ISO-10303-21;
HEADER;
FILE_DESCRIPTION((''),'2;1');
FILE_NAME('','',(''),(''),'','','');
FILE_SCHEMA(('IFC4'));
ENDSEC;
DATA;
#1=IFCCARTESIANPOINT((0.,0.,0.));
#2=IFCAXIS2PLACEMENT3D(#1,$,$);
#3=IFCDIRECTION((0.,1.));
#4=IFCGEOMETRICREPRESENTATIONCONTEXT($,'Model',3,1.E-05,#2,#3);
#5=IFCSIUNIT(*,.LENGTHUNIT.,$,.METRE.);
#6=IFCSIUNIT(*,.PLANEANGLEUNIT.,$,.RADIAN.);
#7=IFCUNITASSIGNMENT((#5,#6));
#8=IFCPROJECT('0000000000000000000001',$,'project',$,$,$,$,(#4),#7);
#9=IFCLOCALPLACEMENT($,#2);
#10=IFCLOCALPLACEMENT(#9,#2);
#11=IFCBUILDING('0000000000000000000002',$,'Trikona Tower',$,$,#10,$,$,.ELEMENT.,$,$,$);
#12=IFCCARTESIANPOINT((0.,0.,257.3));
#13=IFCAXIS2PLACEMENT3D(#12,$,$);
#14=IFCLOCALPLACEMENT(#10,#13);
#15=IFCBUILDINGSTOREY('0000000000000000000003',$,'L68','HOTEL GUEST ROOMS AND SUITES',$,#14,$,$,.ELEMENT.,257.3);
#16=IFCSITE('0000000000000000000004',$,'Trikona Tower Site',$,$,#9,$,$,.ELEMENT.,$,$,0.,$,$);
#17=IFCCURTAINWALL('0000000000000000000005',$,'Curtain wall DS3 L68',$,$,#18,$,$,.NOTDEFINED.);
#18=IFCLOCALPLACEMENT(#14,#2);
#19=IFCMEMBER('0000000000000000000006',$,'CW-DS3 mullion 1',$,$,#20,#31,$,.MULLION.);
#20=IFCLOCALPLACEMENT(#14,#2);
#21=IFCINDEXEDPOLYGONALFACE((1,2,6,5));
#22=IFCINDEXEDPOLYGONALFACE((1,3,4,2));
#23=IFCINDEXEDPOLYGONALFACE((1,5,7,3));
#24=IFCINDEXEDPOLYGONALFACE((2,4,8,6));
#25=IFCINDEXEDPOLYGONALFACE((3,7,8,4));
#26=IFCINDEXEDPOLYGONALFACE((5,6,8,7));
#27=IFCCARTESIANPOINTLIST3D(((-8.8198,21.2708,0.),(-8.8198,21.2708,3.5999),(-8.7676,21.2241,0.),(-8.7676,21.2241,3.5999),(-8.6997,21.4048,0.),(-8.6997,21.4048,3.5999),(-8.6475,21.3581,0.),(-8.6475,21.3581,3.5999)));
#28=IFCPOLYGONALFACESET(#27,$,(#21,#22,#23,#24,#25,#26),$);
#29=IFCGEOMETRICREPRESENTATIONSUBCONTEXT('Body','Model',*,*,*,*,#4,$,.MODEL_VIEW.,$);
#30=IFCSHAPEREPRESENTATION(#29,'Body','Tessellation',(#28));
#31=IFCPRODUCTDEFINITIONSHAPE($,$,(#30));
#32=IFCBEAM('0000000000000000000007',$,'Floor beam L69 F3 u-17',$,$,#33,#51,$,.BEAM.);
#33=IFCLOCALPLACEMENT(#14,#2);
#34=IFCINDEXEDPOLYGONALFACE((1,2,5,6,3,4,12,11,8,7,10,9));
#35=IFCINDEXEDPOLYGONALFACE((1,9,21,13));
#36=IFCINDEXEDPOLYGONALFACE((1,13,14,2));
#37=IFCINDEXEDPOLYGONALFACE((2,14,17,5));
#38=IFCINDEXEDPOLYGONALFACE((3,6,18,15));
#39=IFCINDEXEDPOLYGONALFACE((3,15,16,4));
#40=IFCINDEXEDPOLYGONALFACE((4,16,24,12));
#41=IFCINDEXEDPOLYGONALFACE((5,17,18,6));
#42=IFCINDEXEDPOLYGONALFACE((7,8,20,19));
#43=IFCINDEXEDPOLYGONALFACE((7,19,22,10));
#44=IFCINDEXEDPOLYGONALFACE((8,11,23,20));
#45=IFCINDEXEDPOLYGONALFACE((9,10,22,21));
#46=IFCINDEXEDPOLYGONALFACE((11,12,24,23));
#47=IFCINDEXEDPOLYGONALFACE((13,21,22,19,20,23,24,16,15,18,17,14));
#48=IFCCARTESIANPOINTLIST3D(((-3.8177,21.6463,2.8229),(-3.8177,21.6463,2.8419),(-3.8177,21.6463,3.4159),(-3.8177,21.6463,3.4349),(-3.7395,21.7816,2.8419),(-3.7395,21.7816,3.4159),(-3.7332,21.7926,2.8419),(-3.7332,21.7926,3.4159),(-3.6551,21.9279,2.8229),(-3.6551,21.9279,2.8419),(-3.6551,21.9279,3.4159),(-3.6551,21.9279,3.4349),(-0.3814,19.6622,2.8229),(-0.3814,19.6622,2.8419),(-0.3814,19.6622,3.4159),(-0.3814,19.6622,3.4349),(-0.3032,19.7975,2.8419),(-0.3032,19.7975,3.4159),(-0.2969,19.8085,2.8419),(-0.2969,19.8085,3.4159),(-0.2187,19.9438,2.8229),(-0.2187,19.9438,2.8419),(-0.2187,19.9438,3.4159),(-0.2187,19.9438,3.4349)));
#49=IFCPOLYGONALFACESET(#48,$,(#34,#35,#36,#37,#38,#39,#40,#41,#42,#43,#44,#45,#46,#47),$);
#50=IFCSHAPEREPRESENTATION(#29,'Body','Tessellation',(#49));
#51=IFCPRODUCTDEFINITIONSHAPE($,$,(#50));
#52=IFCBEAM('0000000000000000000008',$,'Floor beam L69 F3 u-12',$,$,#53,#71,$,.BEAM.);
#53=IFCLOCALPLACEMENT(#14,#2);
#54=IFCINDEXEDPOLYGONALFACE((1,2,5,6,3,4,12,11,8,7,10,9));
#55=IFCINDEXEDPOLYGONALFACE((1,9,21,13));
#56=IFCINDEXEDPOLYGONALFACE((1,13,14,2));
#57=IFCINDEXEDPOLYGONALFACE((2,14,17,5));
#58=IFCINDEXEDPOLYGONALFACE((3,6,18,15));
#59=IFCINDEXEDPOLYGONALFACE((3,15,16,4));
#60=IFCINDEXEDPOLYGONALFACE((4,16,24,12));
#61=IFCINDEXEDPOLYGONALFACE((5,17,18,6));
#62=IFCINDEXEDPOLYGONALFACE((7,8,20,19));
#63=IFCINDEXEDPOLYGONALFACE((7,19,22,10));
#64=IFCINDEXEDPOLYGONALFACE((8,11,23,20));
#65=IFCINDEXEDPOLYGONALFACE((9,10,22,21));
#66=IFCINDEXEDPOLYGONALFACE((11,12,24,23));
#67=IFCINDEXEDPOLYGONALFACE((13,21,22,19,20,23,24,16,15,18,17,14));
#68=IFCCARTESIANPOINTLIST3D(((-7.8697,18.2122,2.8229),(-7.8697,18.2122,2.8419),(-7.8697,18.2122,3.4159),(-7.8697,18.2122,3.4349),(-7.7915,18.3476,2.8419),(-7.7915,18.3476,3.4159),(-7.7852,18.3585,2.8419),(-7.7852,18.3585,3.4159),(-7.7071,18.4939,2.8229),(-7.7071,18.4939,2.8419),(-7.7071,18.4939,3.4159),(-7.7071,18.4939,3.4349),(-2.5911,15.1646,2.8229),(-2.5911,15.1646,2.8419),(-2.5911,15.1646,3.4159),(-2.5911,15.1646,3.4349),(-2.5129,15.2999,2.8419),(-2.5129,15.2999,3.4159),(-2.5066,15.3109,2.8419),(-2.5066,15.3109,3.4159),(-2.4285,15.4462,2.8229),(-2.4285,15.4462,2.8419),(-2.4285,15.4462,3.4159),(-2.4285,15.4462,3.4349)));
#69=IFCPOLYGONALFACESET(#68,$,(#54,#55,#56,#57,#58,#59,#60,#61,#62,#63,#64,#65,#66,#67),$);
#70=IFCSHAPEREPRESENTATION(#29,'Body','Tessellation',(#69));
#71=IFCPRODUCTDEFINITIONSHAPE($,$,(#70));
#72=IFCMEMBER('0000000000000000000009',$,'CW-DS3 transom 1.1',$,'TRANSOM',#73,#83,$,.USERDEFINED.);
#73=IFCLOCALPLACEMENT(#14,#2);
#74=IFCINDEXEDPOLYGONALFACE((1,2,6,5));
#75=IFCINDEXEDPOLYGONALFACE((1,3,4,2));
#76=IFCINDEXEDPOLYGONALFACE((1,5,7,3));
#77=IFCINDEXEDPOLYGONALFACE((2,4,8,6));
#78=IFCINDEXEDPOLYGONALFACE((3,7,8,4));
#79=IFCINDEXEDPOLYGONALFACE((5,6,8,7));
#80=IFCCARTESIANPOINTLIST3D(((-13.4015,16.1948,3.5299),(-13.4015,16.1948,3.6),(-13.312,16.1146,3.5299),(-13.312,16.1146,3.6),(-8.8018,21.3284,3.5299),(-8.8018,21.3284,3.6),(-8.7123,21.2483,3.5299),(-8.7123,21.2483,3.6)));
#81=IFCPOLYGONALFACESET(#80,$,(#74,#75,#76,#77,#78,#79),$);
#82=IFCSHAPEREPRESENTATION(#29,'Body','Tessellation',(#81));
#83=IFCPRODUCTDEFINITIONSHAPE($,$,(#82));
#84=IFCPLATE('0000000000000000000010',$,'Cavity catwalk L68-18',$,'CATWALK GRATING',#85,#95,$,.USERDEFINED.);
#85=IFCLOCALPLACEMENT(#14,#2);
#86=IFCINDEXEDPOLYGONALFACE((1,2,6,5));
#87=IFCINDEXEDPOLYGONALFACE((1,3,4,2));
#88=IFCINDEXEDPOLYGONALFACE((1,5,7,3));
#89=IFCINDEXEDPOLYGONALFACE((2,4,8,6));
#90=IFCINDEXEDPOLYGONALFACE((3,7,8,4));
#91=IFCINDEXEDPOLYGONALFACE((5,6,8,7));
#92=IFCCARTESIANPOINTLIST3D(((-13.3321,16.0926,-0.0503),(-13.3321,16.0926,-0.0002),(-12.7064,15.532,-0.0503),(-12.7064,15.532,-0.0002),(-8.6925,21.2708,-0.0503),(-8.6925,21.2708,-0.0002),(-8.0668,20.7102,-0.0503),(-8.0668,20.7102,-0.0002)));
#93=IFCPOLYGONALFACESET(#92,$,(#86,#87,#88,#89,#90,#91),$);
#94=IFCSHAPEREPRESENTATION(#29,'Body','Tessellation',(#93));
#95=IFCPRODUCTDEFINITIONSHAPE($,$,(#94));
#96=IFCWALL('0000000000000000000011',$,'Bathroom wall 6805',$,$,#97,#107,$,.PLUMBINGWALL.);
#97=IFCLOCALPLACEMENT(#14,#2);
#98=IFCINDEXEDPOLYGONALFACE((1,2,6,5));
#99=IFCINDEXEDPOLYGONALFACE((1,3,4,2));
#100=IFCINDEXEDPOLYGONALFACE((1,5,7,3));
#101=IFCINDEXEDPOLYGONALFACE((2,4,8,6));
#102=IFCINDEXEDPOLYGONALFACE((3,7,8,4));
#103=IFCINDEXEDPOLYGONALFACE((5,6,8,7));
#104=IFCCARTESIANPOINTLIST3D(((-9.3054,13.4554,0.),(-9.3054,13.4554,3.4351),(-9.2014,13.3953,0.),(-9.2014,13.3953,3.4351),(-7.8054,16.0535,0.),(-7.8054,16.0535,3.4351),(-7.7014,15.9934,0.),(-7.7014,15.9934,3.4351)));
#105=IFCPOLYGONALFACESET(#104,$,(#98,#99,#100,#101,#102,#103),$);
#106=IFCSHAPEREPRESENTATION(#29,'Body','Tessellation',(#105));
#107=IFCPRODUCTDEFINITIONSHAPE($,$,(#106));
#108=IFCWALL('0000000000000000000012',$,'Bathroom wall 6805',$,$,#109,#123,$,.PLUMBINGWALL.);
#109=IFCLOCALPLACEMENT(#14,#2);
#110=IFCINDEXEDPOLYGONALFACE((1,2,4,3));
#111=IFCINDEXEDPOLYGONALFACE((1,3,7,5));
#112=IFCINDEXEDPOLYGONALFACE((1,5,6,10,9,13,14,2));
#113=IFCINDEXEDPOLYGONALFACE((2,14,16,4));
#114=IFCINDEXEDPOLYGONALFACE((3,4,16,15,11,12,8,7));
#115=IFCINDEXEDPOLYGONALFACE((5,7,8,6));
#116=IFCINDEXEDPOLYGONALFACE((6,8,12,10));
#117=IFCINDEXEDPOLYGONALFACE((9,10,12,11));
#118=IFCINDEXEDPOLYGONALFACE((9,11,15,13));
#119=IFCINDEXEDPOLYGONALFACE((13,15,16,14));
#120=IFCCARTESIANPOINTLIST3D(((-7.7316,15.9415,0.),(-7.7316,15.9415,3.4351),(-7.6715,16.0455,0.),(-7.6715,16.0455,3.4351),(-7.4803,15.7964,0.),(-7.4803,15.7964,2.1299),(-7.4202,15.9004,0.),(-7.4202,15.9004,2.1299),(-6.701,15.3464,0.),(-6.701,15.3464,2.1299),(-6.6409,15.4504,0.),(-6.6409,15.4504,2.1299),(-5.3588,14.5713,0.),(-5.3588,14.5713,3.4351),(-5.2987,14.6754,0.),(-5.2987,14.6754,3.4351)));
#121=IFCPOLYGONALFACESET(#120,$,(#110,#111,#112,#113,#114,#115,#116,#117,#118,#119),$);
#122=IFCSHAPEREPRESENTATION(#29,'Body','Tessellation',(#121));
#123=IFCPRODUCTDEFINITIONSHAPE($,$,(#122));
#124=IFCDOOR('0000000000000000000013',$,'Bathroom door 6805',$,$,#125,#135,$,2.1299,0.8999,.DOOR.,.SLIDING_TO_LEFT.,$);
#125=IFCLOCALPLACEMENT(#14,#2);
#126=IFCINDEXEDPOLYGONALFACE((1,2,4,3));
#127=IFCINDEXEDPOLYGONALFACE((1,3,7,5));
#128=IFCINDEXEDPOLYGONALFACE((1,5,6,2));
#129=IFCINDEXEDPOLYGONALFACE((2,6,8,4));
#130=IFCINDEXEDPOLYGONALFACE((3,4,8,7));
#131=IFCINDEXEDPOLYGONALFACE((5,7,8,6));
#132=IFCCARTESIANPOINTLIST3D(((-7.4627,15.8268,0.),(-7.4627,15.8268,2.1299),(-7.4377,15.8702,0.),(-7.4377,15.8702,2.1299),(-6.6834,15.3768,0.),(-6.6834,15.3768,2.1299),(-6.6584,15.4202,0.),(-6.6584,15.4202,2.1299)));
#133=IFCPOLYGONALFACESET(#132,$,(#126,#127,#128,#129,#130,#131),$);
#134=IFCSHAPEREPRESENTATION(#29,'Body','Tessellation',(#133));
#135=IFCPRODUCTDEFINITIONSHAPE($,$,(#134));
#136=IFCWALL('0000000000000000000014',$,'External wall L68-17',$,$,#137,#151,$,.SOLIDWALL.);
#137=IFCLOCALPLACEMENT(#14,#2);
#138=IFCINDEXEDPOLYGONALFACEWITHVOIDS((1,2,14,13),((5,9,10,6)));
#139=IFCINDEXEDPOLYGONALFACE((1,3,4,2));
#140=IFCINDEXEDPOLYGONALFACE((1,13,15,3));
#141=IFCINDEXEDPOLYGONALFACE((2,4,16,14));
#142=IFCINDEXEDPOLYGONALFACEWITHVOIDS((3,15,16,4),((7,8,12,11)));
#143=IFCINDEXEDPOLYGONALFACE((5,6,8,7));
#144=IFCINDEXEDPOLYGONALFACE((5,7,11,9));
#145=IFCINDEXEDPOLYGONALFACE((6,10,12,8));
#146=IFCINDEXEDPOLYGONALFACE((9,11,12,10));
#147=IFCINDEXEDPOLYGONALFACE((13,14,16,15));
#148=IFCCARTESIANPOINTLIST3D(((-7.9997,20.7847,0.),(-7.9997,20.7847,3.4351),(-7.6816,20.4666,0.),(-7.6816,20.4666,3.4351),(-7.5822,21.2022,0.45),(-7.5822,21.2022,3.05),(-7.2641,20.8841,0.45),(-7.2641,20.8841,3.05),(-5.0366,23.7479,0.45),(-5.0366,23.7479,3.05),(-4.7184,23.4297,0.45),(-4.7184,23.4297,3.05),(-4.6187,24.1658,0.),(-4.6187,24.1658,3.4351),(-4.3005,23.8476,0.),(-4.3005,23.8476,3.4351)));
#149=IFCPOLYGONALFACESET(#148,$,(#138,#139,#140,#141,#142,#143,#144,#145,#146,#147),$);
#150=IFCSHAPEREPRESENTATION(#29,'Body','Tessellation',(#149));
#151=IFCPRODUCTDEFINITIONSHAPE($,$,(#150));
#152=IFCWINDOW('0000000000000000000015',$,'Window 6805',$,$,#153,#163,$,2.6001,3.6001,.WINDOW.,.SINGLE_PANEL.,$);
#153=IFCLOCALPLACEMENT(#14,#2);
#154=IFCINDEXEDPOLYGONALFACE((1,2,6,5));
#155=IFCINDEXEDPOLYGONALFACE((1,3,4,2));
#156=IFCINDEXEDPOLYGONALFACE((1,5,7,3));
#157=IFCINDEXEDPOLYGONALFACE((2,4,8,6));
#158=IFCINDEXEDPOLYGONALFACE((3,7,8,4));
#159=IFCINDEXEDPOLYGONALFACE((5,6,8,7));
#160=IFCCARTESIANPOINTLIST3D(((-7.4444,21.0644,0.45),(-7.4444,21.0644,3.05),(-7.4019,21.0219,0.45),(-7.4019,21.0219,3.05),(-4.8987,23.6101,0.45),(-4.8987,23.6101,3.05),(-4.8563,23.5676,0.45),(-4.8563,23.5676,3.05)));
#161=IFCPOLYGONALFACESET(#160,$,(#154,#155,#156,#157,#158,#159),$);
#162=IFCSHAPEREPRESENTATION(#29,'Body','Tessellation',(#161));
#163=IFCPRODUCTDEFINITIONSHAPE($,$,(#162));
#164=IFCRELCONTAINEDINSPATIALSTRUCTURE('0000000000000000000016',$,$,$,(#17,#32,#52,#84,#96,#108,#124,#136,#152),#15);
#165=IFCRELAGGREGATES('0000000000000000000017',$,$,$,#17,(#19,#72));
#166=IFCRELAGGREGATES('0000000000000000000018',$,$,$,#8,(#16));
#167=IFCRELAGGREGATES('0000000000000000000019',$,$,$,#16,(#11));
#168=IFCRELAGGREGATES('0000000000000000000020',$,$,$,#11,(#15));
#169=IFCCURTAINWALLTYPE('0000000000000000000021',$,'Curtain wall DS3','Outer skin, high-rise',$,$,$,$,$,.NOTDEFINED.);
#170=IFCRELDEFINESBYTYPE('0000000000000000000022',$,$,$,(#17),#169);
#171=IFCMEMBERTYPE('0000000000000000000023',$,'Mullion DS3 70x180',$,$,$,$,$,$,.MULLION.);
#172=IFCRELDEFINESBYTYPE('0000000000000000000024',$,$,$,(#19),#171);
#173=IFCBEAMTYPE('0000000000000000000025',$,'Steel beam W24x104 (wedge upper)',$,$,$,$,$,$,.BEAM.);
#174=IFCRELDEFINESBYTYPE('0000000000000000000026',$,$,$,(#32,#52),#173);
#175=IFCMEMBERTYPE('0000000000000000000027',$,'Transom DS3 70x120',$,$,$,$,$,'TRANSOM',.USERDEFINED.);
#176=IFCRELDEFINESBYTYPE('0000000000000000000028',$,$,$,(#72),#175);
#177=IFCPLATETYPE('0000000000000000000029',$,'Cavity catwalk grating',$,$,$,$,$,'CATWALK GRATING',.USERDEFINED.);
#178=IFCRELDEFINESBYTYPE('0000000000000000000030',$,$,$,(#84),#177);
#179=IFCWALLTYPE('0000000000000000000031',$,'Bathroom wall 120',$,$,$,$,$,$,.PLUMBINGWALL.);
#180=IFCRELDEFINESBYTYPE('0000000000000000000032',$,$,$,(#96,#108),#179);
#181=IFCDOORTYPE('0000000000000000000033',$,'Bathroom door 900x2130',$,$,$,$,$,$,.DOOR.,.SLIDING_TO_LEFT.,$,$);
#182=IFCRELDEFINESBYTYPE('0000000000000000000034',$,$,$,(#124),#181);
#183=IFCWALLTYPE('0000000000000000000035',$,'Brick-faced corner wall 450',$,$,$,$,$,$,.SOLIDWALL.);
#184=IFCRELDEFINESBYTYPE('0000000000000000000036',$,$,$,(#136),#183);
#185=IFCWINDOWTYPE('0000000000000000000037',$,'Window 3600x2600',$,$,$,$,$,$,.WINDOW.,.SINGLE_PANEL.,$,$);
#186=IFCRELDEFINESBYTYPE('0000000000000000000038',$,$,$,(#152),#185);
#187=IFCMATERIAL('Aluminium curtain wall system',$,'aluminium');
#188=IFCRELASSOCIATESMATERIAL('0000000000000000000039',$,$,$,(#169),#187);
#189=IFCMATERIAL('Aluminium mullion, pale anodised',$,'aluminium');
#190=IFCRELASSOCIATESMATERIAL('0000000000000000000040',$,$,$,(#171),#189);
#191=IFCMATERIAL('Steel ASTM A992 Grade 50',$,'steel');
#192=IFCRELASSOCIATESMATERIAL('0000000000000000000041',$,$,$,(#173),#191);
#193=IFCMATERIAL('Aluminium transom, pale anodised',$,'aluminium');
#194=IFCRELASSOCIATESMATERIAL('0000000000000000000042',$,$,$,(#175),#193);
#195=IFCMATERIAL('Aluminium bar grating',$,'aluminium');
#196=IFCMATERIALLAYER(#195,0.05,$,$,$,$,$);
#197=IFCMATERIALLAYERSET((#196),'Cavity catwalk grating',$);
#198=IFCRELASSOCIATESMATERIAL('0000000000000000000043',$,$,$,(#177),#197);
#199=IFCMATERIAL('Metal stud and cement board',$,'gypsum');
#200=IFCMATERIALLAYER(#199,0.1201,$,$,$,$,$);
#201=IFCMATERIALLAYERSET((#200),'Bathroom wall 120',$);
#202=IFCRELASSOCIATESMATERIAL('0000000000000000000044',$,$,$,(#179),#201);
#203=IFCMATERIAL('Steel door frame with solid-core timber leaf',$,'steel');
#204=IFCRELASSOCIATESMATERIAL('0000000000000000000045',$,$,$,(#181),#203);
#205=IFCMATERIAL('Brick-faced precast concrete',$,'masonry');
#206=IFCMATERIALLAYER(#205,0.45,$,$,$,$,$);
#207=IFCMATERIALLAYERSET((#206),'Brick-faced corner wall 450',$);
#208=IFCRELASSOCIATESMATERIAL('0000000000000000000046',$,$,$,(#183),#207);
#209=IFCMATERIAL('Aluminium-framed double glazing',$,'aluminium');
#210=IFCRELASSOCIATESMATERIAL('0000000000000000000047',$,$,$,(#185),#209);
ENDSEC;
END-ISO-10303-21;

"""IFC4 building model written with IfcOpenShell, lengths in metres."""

from ifc_helpers import new_model, si_unit, direction, frame, frame_2d, origin, origin_2d, place, context, subcontext, project, spatial, rectangle, i_section, extrude, material, layer, layer_set, material_profile, profile_set, type_object, element, fill, aggregate, save


model = new_model("IFC4")

# Units and contexts
model_context = context("Model", 3, precision=1e-05, world=origin(), true_north=direction((0.0, 1.0)))
body_context = subcontext(model_context, "Body", "Model", "MODEL_VIEW")
ifc_project = project(units=[si_unit("LENGTHUNIT", "METRE"), si_unit("PLANEANGLEUNIT", "RADIAN")], contexts=[model_context])

# Site, building, storey
site_placement = place(None, origin())
site = spatial("IfcSite", under=ifc_project, at=site_placement, Name="Trikona Tower Site", CompositionType="ELEMENT", RefElevation=0.0)
building_placement = place(site_placement, origin())
building = spatial("IfcBuilding", under=site, at=building_placement, Name="Trikona Tower", CompositionType="ELEMENT")
storey_placement = place(building_placement, frame((0.0, 0.0, 257.3)))
storey = spatial("IfcBuildingStorey", under=building, at=storey_placement, Name="L68", Description="HOTEL GUEST ROOMS AND SUITES", CompositionType="ELEMENT", Elevation=257.3)

# Curtain wall, member
ifc_material_1 = material(Name="Aluminium curtain wall system", Category="aluminium")
curtain_wall_type = type_object("IfcCurtainWallType", Name="Curtain wall DS3", Description="Outer skin, high-rise", PredefinedType="NOTDEFINED", material=ifc_material_1)
curtain_wall_placement = place(storey_placement, origin())
curtain_wall = element("IfcCurtainWall", 1, at=curtain_wall_placement, inside=storey, type_object=curtain_wall_type, Name="Curtain wall DS3 L68", PredefinedType="NOTDEFINED")
ifc_material_2 = material(Name="Aluminium mullion, pale anodised", Category="aluminium")
ifc_material_profile_1 = material_profile(ifc_material_2, rectangle(XDim=0.0701, YDim=0.1799, at=origin_2d()), Name="MUL-DS3")
ifc_profile_set_1 = profile_set([ifc_material_profile_1], Name="Aluminium mullion, pale anodised")
member_type_1 = type_object("IfcMemberType", Name="Mullion DS3 70x180", PredefinedType="MULLION", material=ifc_profile_set_1)
member_1_placement = place(storey_placement, frame((-8.7336, 21.3145, 0.0), z_axis=(0.0, 0.0, 1.0), x_axis=(0.744771, -0.66732, 0.0)))
member_1 = element("IfcMember", 2, at=member_1_placement, type_object=member_type_1, Name="CW-DS3 mullion 1", PredefinedType="MULLION", context=body_context, shape_type="SweptSolid", body=[
    extrude(rectangle(XDim=0.0701, YDim=0.1799, at=origin_2d()), origin(), (0.0, 0.0, 1.0), 3.5999),
])

# Beams
ifc_material_3 = material(Name="Steel ASTM A992 Grade 50", Category="steel")
ifc_material_profile_2 = material_profile(ifc_material_3, i_section(OverallWidth=0.3252, OverallDepth=0.6121, WebThickness=0.0127, FlangeThickness=0.019, at=origin_2d()), Name="W24X104")
ifc_profile_set_2 = profile_set([ifc_material_profile_2], Name="Steel ASTM A992 Grade 50")
beam_type = type_object("IfcBeamType", Name="Steel beam W24x104 (wedge upper)", PredefinedType="BEAM", material=ifc_profile_set_2)
beam_1_placement = place(storey_placement, frame((-0.3, 19.803, 3.1289), z_axis=(-0.866004, 0.500037, 0.0), x_axis=(-0.500037, -0.866004, 0.0)))
element("IfcBeam", 3, at=beam_1_placement, inside=storey, type_object=beam_type, Name="Floor beam L69 F3 u-17", PredefinedType="BEAM", context=body_context, shape_type="SweptSolid", body=[
    extrude(i_section(OverallWidth=0.3252, OverallDepth=0.6121, WebThickness=0.0127, FlangeThickness=0.019, at=origin_2d()), origin(), (0.0, 0.0, 1.0), 3.968),
])
beam_2_placement = place(storey_placement, frame((-2.5098, 15.3054, 3.1289), z_axis=(-0.866023, 0.500003, 0.0), x_axis=(-0.500003, -0.866023, 0.0)))
element("IfcBeam", 4, at=beam_2_placement, inside=storey, type_object=beam_type, Name="Floor beam L69 F3 u-12", PredefinedType="BEAM", context=body_context, shape_type="SweptSolid", body=[
    extrude(i_section(OverallWidth=0.3252, OverallDepth=0.6121, WebThickness=0.0127, FlangeThickness=0.019, at=origin_2d()), origin(), (0.0, 0.0, 1.0), 6.0952),
])

# Member
ifc_material_4 = material(Name="Aluminium transom, pale anodised", Category="aluminium")
ifc_material_profile_3 = material_profile(ifc_material_4, rectangle(XDim=0.1201, YDim=0.0701, at=origin_2d()), Name="TRN-DS3")
ifc_profile_set_3 = profile_set([ifc_material_profile_3], Name="Aluminium transom, pale anodised")
member_type_2 = type_object("IfcMemberType", Name="Transom DS3 70x120", ElementType="TRANSOM", PredefinedType="USERDEFINED", material=ifc_profile_set_3)
member_2_placement = place(storey_placement, frame((-8.7571, 21.2883, 3.5649), z_axis=(-0.667313, -0.744777, 0.0), x_axis=(0.744777, -0.667313, 0.0)))
member_2 = element("IfcMember", 5, at=member_2_placement, type_object=member_type_2, Name="CW-DS3 transom 1.1", ObjectType="TRANSOM", PredefinedType="USERDEFINED", context=body_context, shape_type="SweptSolid", body=[
    extrude(rectangle(XDim=0.1201, YDim=0.0701, at=origin_2d()), origin(), (0.0, 0.0, 1.0), 6.8928),
])
aggregate(curtain_wall, [member_1, member_2])

# Plate
ifc_material_5 = material(Name="Aluminium bar grating", Category="aluminium")
ifc_layer_1 = layer(ifc_material_5, 0.05)
ifc_layer_set_1 = layer_set([ifc_layer_1], Name="Cavity catwalk grating")
plate_type = type_object("IfcPlateType", Name="Cavity catwalk grating", ElementType="CATWALK GRATING", PredefinedType="USERDEFINED", material=ifc_layer_set_1)
plate_placement = place(storey_placement, frame((-10.6995, 18.4014, -0.0503), z_axis=(0.0, 0.0, 1.0), x_axis=(-0.667311, -0.744779, 0.0)))
element("IfcPlate", 6, at=plate_placement, inside=storey, type_object=plate_type, Name="Cavity catwalk L68-18", ObjectType="CATWALK GRATING", PredefinedType="USERDEFINED", context=body_context, shape_type="SweptSolid", body=[
    extrude(rectangle(XDim=6.9526, YDim=0.8401, at=origin_2d()), origin(), (0.0, 0.0, 1.0), 0.05),
])

# Wall
ifc_material_6 = material(Name="Metal stud and cement board", Category="gypsum")
ifc_layer_2 = layer(ifc_material_6, 0.1201)
ifc_layer_set_2 = layer_set([ifc_layer_2], Name="Bathroom wall 120")
wall_type_1 = type_object("IfcWallType", Name="Bathroom wall 120", PredefinedType="PLUMBINGWALL", material=ifc_layer_set_2)
wall_1_placement = place(storey_placement, frame((-7.7534, 16.0234, 0.0), z_axis=(0.0, 0.0, 1.0), x_axis=(-0.49999, -0.866031, 0.0)))
element("IfcWall", 7, at=wall_1_placement, inside=storey, type_object=wall_type_1, Name="Bathroom wall 6805", PredefinedType="PLUMBINGWALL", context=body_context, shape_type="SweptSolid", body=[
    extrude(rectangle(XDim=3.0, YDim=0.1201, at=frame_2d((1.5, 0.0))), origin(), (0.0, 0.0, 1.0), 3.4351),
])

# Wall, opening, door
wall_2_placement = place(storey_placement, frame((-5.3286, 14.6233, 0.0), z_axis=(0.0, 0.0, 1.0), x_axis=(-0.865997, 0.500049, 0.0)))
wall_2 = element("IfcWall", 8, at=wall_2_placement, inside=storey, type_object=wall_type_1, Name="Bathroom wall 6805", PredefinedType="PLUMBINGWALL", context=body_context, shape_type="SweptSolid", body=[
    extrude(rectangle(XDim=2.74, YDim=0.1201, at=frame_2d((1.3701, 0.0))), origin(), (0.0, 0.0, 1.0), 3.4351),
])
opening_1_placement = place(wall_2_placement, frame((1.55, 0.0, 0.0)))
opening_1 = element("IfcOpeningElement", 9, at=opening_1_placement, cuts=wall_2, PredefinedType="OPENING", context=body_context, shape_type="SweptSolid", body=[
    extrude(rectangle(XDim=0.8999, YDim=2.1299, at=frame_2d((0.45, 1.0649))), frame((0.0, 0.0701, 0.0), z_axis=(0.0, -1.0, 0.0), x_axis=(1.0, 0.0, 0.0)), (0.0, 0.0, 1.0), 0.1401),
])
ifc_material_7 = material(Name="Steel door frame with solid-core timber leaf", Category="steel")
door_type_1 = type_object("IfcDoorType", Name="Bathroom door 900x2130", OperationType="SLIDING_TO_LEFT", PredefinedType="DOOR", material=ifc_material_7)
door_1_placement = place(opening_1_placement, origin())
door_1 = element("IfcDoor", 10, at=door_1_placement, inside=storey, type_object=door_type_1, Name="Bathroom door 6805", OperationType="SLIDING_TO_LEFT", OverallHeight=2.1299, OverallWidth=0.8999, PredefinedType="DOOR", context=body_context, shape_type="SweptSolid", body=[
    extrude(rectangle(XDim=0.8999, YDim=2.1299, at=frame_2d((0.45, 1.0649))), frame((0.0, 0.0249, 0.0), z_axis=(0.0, -1.0, 0.0), x_axis=(1.0, 0.0, 0.0)), (0.0, 0.0, 1.0), 0.05),
])
fill(opening_1, door_1)

# Wall, opening, window
ifc_material_8 = material(Name="Brick-faced precast concrete", Category="masonry")
ifc_layer_3 = layer(ifc_material_8, 0.45)
ifc_layer_set_3 = layer_set([ifc_layer_3], Name="Brick-faced corner wall 450")
wall_type_2 = type_object("IfcWallType", Name="Brick-faced corner wall 450", PredefinedType="SOLIDWALL", material=ifc_layer_set_3)
wall_3_placement = place(storey_placement, frame((-4.4597, 24.0066, 0.0), z_axis=(0.0, 0.0, 1.0), x_axis=(-0.707107, -0.707107, 0.0)))
wall_3 = element("IfcWall", 11, at=wall_3_placement, inside=storey, type_object=wall_type_2, Name="External wall L68-17", PredefinedType="SOLIDWALL", context=body_context, shape_type="SweptSolid", body=[
    extrude(rectangle(XDim=4.7815, YDim=0.45, at=frame_2d((2.3906, 0.0))), origin(), (0.0, 0.0, 1.0), 3.4351),
])
opening_2_placement = place(wall_3_placement, frame((0.5908, 0.0, 0.45)))
opening_2 = element("IfcOpeningElement", 12, at=opening_2_placement, cuts=wall_3, PredefinedType="OPENING", context=body_context, shape_type="SweptSolid", body=[
    extrude(rectangle(XDim=3.6001, YDim=2.6001, at=frame_2d((1.8, 1.3))), frame((0.0, 0.2349, 0.0), z_axis=(0.0, -1.0, 0.0), x_axis=(1.0, 0.0, 0.0)), (0.0, 0.0, 1.0), 0.47),
])
ifc_material_9 = material(Name="Aluminium-framed double glazing", Category="aluminium")
window_type_1 = type_object("IfcWindowType", Name="Window 3600x2600", PartitioningType="SINGLE_PANEL", PredefinedType="WINDOW", material=ifc_material_9)
window_1_placement = place(opening_2_placement, origin())
window_1 = element("IfcWindow", 13, at=window_1_placement, inside=storey, type_object=window_type_1, Name="Window 6805", OverallHeight=2.6001, OverallWidth=3.6001, PartitioningType="SINGLE_PANEL", PredefinedType="WINDOW", context=body_context, shape_type="SweptSolid", body=[
    extrude(rectangle(XDim=3.6001, YDim=2.6001, at=frame_2d((1.8, 1.3))), frame((0.0, 0.03, 0.0), z_axis=(0.0, -1.0, 0.0), x_axis=(1.0, 0.0, 0.0)), (0.0, 0.0, 1.0), 0.0601),
])
fill(opening_2, window_1)

save(model, "model.ifc")
